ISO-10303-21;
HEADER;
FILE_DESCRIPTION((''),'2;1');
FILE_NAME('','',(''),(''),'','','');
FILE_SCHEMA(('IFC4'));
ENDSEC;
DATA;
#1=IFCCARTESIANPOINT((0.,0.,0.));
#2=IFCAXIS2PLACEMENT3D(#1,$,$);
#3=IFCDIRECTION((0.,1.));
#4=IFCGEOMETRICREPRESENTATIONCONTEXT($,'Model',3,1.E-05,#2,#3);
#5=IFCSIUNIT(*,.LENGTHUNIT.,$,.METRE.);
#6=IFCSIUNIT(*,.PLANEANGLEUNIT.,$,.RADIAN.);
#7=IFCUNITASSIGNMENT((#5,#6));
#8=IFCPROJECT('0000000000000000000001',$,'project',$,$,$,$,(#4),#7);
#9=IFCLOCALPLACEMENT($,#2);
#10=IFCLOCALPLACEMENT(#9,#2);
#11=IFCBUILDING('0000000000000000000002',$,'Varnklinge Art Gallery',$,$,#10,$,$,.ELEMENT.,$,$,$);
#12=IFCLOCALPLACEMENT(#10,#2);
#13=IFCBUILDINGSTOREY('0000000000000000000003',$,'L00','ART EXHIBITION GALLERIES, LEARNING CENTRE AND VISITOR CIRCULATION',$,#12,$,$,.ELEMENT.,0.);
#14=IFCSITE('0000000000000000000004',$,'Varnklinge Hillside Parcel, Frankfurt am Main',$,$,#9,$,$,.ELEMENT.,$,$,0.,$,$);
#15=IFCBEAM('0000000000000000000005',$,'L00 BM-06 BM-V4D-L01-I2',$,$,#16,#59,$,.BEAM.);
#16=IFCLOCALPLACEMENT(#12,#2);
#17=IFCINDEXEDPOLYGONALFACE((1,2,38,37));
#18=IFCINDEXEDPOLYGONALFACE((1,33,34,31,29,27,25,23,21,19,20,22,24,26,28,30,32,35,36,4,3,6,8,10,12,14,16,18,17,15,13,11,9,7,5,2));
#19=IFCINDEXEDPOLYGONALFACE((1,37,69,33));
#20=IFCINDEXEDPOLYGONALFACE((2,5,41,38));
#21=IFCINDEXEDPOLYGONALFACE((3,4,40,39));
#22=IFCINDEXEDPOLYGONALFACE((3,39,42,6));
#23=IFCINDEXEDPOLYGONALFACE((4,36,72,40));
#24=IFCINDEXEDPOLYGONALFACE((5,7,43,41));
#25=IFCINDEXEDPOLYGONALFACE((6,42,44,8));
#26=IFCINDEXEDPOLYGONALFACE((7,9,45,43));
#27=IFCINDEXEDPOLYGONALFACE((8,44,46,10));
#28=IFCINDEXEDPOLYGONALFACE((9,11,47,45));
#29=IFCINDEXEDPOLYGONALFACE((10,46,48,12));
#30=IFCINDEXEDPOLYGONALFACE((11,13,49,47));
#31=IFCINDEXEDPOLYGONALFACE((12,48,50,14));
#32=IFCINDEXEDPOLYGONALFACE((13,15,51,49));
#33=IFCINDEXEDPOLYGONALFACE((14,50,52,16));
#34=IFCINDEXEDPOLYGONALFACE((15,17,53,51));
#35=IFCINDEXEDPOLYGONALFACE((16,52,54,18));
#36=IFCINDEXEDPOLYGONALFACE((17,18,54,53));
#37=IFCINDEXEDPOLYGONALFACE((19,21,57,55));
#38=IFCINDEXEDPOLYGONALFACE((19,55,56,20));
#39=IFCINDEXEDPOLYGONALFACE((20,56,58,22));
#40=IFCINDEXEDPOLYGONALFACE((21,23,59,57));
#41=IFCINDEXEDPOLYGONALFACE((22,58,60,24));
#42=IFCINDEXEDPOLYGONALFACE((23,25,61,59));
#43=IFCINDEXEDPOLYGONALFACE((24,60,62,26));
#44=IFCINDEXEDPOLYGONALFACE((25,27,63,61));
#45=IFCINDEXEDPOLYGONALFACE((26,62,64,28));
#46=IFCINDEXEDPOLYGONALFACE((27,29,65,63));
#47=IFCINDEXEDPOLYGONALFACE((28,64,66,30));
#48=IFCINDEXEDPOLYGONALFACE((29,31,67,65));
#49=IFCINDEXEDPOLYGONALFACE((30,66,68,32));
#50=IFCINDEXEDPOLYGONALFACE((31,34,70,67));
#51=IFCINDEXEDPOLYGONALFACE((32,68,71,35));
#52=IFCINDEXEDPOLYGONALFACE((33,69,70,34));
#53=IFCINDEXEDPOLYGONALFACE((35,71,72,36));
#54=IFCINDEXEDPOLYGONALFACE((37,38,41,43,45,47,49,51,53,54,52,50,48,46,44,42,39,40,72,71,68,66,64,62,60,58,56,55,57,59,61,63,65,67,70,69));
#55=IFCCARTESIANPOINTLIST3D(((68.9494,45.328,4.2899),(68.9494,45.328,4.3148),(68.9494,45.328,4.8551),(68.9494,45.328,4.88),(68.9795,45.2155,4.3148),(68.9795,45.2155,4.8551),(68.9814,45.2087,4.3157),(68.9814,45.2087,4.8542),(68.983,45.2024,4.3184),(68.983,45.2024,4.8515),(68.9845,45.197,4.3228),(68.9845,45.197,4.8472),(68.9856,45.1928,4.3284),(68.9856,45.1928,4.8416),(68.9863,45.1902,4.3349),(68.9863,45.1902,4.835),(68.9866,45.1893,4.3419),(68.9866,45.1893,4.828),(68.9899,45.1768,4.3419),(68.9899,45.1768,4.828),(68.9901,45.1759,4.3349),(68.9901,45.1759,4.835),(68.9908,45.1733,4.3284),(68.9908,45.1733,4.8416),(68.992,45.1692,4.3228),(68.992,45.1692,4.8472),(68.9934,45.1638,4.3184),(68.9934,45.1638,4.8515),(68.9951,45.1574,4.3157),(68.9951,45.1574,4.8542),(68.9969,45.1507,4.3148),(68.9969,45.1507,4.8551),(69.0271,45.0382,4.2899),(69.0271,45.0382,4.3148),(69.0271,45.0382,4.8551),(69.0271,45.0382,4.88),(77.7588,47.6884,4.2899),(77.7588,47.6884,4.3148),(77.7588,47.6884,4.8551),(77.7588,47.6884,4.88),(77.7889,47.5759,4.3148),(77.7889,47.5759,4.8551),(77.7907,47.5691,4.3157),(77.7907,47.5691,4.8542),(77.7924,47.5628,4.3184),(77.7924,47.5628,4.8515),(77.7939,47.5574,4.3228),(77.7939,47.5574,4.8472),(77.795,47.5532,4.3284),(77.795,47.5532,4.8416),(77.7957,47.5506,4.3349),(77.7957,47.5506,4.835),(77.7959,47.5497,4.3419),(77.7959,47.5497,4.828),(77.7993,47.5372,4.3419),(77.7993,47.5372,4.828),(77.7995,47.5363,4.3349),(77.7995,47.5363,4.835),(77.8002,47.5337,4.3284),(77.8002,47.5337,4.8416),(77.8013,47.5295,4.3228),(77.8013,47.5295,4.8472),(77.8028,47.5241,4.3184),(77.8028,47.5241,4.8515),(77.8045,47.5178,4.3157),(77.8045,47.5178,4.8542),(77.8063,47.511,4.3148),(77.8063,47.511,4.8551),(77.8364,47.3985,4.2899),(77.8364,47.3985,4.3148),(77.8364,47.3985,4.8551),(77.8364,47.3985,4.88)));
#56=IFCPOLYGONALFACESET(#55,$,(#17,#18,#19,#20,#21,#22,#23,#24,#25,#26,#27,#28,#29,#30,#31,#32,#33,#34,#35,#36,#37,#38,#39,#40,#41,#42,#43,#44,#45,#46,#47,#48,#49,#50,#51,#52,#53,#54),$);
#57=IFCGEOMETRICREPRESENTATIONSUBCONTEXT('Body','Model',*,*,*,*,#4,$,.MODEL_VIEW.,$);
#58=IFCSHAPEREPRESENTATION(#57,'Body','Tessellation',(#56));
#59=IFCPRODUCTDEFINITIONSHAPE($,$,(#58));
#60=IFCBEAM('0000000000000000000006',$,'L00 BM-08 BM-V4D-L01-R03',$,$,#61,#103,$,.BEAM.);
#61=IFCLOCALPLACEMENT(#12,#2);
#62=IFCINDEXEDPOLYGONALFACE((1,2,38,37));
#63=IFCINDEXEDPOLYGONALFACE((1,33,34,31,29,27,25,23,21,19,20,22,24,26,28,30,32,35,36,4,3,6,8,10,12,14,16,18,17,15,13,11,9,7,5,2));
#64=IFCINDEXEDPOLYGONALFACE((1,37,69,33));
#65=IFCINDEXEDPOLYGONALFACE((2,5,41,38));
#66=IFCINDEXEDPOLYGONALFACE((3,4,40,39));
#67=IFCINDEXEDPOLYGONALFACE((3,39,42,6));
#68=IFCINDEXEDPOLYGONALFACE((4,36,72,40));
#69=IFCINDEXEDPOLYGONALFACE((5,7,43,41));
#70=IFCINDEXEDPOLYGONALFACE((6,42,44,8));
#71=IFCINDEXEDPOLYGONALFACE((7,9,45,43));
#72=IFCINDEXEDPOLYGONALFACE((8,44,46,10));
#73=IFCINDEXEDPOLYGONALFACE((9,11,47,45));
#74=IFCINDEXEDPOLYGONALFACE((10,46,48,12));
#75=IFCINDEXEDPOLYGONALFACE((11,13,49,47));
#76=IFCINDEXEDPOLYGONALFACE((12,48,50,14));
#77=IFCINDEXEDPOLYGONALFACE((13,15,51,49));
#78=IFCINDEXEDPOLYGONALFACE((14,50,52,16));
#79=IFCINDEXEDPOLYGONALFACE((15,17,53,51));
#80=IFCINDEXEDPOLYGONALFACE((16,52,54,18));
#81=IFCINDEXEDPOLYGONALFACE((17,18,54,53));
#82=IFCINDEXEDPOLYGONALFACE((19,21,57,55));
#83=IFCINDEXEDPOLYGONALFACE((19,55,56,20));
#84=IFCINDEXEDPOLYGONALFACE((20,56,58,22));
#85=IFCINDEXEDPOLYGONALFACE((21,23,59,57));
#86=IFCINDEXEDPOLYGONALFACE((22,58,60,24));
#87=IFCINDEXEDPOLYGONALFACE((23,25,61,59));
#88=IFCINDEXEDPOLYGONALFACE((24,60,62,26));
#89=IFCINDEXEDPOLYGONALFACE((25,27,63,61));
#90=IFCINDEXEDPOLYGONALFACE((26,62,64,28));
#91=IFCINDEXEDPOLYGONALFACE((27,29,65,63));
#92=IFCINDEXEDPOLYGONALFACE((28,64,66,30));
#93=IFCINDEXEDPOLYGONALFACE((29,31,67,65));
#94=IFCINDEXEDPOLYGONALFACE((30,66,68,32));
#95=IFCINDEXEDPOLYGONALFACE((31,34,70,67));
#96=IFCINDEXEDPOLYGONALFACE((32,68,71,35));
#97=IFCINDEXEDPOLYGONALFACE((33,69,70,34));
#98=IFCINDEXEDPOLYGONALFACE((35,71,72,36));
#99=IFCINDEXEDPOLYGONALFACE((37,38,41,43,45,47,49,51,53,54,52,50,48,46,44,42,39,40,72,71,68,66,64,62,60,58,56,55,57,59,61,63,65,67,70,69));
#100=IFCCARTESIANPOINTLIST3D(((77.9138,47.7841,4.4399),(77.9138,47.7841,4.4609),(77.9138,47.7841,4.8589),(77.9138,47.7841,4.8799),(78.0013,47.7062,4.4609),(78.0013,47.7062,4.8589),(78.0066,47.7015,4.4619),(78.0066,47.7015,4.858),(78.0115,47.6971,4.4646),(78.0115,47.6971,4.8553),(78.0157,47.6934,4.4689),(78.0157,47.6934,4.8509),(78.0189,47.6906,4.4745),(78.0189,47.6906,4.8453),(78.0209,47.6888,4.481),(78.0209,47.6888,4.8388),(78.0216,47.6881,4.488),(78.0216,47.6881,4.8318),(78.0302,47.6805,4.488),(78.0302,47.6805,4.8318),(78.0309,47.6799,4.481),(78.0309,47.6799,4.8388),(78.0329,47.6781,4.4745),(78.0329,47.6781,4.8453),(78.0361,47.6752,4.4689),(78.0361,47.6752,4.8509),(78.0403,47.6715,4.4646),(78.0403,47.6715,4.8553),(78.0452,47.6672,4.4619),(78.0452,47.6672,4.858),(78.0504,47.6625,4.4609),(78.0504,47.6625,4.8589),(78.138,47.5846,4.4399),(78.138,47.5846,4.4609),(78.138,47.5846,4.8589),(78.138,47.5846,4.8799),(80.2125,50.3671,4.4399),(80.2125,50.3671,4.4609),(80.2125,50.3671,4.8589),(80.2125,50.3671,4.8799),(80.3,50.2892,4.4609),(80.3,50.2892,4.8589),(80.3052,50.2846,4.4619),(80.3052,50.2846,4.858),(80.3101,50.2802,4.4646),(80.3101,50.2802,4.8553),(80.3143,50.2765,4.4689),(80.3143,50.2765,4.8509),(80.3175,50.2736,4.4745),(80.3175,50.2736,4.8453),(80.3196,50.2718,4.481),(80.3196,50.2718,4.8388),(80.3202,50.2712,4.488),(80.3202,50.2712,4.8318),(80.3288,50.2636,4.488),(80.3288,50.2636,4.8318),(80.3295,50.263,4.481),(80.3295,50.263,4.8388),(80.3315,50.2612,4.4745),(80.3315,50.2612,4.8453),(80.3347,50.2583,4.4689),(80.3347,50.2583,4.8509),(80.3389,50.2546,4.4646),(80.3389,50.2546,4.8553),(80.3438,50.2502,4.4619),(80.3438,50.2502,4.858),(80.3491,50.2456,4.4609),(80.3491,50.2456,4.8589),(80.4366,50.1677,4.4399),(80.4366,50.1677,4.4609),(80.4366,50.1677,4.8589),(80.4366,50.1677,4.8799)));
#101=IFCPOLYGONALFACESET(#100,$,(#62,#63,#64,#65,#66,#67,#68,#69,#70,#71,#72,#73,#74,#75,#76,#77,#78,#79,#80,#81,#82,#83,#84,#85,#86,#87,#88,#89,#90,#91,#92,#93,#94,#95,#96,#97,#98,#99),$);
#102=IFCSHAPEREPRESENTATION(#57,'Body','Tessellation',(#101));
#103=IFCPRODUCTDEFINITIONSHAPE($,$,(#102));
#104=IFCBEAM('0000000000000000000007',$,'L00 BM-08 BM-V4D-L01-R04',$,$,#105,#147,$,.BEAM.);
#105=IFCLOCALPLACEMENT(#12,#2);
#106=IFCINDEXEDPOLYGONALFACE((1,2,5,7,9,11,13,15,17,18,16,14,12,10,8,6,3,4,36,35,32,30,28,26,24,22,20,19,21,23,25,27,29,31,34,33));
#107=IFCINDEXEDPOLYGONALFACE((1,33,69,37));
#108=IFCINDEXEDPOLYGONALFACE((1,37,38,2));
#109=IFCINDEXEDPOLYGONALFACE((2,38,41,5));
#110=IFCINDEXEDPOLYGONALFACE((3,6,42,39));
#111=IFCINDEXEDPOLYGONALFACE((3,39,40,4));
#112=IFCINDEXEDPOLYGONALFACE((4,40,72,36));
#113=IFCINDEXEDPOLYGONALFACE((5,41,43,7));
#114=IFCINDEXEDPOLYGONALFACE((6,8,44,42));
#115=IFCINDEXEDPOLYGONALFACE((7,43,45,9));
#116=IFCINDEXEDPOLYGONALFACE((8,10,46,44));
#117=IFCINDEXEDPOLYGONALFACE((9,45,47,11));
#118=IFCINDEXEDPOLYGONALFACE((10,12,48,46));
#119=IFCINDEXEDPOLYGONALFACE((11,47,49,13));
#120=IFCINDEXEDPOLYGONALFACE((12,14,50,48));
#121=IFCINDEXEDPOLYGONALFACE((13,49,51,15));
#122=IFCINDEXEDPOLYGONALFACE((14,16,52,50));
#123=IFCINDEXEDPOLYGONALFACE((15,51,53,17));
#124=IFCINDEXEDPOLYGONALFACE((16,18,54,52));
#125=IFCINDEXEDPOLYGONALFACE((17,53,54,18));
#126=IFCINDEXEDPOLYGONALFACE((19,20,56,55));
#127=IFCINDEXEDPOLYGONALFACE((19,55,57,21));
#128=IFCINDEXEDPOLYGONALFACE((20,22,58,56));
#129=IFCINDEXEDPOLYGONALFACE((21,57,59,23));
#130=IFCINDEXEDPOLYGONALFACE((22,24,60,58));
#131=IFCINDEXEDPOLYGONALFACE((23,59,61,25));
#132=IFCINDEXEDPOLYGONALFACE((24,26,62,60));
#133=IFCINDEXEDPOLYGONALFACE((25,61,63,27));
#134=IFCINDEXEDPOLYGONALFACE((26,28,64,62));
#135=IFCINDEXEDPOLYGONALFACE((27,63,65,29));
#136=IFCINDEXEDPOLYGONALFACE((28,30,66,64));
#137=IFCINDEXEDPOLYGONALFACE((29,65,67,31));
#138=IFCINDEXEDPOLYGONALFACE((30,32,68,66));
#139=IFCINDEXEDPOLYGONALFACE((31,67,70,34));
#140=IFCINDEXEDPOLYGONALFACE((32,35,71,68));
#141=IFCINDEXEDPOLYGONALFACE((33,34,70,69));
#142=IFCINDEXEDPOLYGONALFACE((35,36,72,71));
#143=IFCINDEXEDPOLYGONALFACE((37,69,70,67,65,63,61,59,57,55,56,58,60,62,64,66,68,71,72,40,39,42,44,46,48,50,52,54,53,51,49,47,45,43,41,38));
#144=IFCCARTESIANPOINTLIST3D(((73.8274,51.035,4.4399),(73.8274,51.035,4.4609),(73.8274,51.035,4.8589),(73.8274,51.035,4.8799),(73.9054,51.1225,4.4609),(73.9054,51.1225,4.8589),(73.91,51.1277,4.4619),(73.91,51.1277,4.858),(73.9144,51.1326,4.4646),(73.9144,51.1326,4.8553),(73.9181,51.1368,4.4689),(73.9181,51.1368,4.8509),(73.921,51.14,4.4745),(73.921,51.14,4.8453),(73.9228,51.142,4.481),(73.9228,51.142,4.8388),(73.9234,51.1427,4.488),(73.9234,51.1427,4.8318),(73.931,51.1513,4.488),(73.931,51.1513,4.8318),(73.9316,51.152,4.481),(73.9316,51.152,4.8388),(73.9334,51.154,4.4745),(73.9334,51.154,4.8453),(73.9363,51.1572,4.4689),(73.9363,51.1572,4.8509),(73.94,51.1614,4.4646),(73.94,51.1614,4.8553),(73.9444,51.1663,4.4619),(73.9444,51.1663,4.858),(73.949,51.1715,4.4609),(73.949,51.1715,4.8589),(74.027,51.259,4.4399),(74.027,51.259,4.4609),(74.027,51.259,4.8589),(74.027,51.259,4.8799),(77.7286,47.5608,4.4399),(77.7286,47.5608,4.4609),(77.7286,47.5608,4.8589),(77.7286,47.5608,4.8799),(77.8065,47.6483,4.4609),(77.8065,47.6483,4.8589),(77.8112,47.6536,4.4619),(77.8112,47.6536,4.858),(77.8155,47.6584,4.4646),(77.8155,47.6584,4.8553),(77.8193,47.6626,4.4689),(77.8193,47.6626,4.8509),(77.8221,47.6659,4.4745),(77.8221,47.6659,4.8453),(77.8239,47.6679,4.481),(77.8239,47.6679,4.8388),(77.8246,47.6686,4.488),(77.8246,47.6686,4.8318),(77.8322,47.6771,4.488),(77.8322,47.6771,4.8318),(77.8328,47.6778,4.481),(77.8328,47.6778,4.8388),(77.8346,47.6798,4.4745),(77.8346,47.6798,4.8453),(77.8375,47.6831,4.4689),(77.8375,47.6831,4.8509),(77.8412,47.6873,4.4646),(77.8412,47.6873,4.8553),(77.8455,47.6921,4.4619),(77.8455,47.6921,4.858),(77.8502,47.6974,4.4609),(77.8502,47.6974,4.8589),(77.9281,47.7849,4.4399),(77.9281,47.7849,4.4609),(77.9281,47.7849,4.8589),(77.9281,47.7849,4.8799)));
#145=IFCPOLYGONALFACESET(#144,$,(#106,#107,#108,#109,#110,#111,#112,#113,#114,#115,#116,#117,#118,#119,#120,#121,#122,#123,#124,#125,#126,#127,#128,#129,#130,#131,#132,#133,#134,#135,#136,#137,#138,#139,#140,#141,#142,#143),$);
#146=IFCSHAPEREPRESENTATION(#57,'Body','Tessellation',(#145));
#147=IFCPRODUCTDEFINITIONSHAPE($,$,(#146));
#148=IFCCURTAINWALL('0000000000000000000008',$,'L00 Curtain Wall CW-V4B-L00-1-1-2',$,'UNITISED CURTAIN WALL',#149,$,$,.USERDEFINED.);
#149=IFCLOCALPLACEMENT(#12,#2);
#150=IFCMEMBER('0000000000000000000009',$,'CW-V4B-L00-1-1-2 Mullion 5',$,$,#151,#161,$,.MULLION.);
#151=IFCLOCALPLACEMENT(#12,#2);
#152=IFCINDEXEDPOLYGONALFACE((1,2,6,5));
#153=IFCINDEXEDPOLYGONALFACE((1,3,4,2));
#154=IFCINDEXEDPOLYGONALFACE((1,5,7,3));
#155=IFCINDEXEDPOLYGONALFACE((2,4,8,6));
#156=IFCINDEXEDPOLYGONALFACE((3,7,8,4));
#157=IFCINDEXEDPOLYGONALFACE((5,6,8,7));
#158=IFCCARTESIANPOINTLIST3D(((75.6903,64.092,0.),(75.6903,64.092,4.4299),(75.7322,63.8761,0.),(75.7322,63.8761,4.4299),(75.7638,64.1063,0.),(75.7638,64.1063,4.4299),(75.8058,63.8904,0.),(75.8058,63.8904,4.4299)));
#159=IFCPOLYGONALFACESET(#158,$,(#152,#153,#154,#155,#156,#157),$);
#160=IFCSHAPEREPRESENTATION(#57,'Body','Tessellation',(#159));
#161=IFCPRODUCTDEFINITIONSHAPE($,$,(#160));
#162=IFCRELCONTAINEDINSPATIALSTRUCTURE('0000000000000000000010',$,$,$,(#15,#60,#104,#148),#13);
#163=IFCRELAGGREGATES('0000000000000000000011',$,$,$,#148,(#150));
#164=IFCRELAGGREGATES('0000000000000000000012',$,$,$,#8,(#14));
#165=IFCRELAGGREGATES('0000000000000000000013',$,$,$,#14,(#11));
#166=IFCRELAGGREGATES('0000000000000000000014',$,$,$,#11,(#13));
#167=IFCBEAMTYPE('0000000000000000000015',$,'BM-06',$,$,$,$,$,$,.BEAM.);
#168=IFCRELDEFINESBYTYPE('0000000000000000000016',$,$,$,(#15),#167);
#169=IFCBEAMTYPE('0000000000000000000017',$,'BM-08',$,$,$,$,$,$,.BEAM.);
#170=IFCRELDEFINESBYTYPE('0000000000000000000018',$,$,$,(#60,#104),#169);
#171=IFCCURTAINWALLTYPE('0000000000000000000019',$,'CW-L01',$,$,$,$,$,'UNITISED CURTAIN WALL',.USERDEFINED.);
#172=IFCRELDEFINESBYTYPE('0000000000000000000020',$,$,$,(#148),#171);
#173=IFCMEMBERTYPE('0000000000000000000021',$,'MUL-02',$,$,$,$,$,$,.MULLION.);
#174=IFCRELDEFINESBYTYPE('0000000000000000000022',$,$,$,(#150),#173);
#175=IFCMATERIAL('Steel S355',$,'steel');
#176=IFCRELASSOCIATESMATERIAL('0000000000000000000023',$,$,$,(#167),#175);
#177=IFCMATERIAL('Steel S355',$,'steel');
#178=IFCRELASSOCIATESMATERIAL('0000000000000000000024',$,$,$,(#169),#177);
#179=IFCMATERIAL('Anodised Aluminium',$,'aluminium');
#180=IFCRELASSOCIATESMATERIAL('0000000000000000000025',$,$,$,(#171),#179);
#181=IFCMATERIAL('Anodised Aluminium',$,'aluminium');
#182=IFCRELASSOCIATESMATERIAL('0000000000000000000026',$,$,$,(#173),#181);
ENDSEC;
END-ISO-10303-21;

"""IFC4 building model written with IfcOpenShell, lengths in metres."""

from ifc_helpers import new_model, si_unit, direction, frame, origin, origin_2d, place, context, subcontext, project, spatial, rectangle, i_section, extrude, material, material_profile, profile_set, type_object, element, aggregate, save


model = new_model("IFC4")

# Units and contexts
model_context = context("Model", 3, precision=1e-05, world=origin(), true_north=direction((0.0, 1.0)))
body_context = subcontext(model_context, "Body", "Model", "MODEL_VIEW")
ifc_project = project(units=[si_unit("LENGTHUNIT", "METRE"), si_unit("PLANEANGLEUNIT", "RADIAN")], contexts=[model_context])

# Site, building, storey
site_placement = place(None, origin())
site = spatial("IfcSite", under=ifc_project, at=site_placement, Name="Varnklinge Hillside Parcel, Frankfurt am Main", CompositionType="ELEMENT", RefElevation=0.0)
building_placement = place(site_placement, origin())
building = spatial("IfcBuilding", under=site, at=building_placement, Name="Varnklinge Art Gallery", CompositionType="ELEMENT")
storey_placement = place(building_placement, origin())
storey = spatial("IfcBuildingStorey", under=building, at=storey_placement, Name="L00", Description="ART EXHIBITION GALLERIES, LEARNING CENTRE AND VISITOR CIRCULATION", CompositionType="ELEMENT", Elevation=0.0)

# Beams
ifc_material_1 = material(Name="Steel S355", Category="steel")
ifc_material_profile_1 = material_profile(ifc_material_1, i_section(OverallWidth=0.3, OverallDepth=0.5901, WebThickness=0.0129, FlangeThickness=0.0249, FilletRadius=0.0271, at=origin_2d()), Name="HEA 600")
ifc_profile_set_1 = profile_set([ifc_material_profile_1], Name="Steel S355")
beam_type_1 = type_object("IfcBeamType", Name="BM-06", PredefinedType="BEAM", material=ifc_profile_set_1)
beam_1_placement = place(storey_placement, frame((77.7976, 47.5435, 4.585), z_axis=(-0.965929, -0.258809, 0.0), x_axis=(0.258809, -0.965929, 0.0)))
element("IfcBeam", 1, at=beam_1_placement, inside=storey, type_object=beam_type_1, Name="L00 BM-06 BM-V4D-L01-I2", PredefinedType="BEAM", context=body_context, shape_type="SweptSolid", body=[
    extrude(i_section(OverallWidth=0.3, OverallDepth=0.5901, WebThickness=0.0129, FlangeThickness=0.0249, FilletRadius=0.0271, at=origin_2d()), origin(), (0.0, 0.0, 1.0), 9.1201),
])
ifc_material_2 = material(Name="Steel S355", Category="steel")
ifc_material_profile_2 = material_profile(ifc_material_2, i_section(OverallWidth=0.3, OverallDepth=0.4399, WebThickness=0.0115, FlangeThickness=0.021, FilletRadius=0.0271, at=origin_2d()), Name="HEA 450")
ifc_profile_set_2 = profile_set([ifc_material_profile_2], Name="Steel S355")
beam_type_2 = type_object("IfcBeamType", Name="BM-08", PredefinedType="BEAM", material=ifc_profile_set_2)
beam_2_placement = place(storey_placement, frame((78.0259, 47.6843, 4.6599), z_axis=(0.66478, 0.747039, 0.0), x_axis=(-0.747039, 0.66478, 0.0)))
element("IfcBeam", 2, at=beam_2_placement, inside=storey, type_object=beam_type_2, Name="L00 BM-08 BM-V4D-L01-R03", PredefinedType="BEAM", context=body_context, shape_type="SweptSolid", body=[
    extrude(i_section(OverallWidth=0.3, OverallDepth=0.4399, WebThickness=0.0115, FlangeThickness=0.021, FilletRadius=0.0271, at=origin_2d()), origin(), (0.0, 0.0, 1.0), 3.4578),
])
beam_3_placement = place(storey_placement, frame((77.8284, 47.6729, 4.6599), z_axis=(-0.746795, 0.665054, 0.0), x_axis=(-0.665054, -0.746795, 0.0)))
element("IfcBeam", 3, at=beam_3_placement, inside=storey, type_object=beam_type_2, Name="L00 BM-08 BM-V4D-L01-R04", PredefinedType="BEAM", context=body_context, shape_type="SweptSolid", body=[
    extrude(i_section(OverallWidth=0.3, OverallDepth=0.4399, WebThickness=0.0115, FlangeThickness=0.021, FilletRadius=0.0271, at=origin_2d()), origin(), (0.0, 0.0, 1.0), 5.2239),
])

# Curtain wall, member
ifc_material_3 = material(Name="Anodised Aluminium", Category="aluminium")
curtain_wall_type = type_object("IfcCurtainWallType", Name="CW-L01", ElementType="UNITISED CURTAIN WALL", PredefinedType="USERDEFINED", material=ifc_material_3)
curtain_wall_placement = place(storey_placement, origin())
curtain_wall = element("IfcCurtainWall", 4, at=curtain_wall_placement, inside=storey, type_object=curtain_wall_type, Name="L00 Curtain Wall CW-V4B-L00-1-1-2", ObjectType="UNITISED CURTAIN WALL", PredefinedType="USERDEFINED")
ifc_material_4 = material(Name="Anodised Aluminium", Category="aluminium")
ifc_material_profile_3 = material_profile(ifc_material_4, rectangle(XDim=0.075, YDim=0.22, at=origin_2d()), Name="ALU 75x220")
ifc_profile_set_3 = profile_set([ifc_material_profile_3], Name="Anodised Aluminium")
member_type = type_object("IfcMemberType", Name="MUL-02", PredefinedType="MULLION", material=ifc_profile_set_3)
member_placement = place(storey_placement, frame((75.748, 63.9912, 0.0), z_axis=(0.0, 0.0, 1.0), x_axis=(0.981627, 0.190809, 0.0)))
member = element("IfcMember", 5, at=member_placement, type_object=member_type, Name="CW-V4B-L00-1-1-2 Mullion 5", PredefinedType="MULLION", context=body_context, shape_type="SweptSolid", body=[
    extrude(rectangle(XDim=0.075, YDim=0.22, at=origin_2d()), origin(), (0.0, 0.0, 1.0), 4.4299),
])
aggregate(curtain_wall, [member])

save(model, "model.ifc")
